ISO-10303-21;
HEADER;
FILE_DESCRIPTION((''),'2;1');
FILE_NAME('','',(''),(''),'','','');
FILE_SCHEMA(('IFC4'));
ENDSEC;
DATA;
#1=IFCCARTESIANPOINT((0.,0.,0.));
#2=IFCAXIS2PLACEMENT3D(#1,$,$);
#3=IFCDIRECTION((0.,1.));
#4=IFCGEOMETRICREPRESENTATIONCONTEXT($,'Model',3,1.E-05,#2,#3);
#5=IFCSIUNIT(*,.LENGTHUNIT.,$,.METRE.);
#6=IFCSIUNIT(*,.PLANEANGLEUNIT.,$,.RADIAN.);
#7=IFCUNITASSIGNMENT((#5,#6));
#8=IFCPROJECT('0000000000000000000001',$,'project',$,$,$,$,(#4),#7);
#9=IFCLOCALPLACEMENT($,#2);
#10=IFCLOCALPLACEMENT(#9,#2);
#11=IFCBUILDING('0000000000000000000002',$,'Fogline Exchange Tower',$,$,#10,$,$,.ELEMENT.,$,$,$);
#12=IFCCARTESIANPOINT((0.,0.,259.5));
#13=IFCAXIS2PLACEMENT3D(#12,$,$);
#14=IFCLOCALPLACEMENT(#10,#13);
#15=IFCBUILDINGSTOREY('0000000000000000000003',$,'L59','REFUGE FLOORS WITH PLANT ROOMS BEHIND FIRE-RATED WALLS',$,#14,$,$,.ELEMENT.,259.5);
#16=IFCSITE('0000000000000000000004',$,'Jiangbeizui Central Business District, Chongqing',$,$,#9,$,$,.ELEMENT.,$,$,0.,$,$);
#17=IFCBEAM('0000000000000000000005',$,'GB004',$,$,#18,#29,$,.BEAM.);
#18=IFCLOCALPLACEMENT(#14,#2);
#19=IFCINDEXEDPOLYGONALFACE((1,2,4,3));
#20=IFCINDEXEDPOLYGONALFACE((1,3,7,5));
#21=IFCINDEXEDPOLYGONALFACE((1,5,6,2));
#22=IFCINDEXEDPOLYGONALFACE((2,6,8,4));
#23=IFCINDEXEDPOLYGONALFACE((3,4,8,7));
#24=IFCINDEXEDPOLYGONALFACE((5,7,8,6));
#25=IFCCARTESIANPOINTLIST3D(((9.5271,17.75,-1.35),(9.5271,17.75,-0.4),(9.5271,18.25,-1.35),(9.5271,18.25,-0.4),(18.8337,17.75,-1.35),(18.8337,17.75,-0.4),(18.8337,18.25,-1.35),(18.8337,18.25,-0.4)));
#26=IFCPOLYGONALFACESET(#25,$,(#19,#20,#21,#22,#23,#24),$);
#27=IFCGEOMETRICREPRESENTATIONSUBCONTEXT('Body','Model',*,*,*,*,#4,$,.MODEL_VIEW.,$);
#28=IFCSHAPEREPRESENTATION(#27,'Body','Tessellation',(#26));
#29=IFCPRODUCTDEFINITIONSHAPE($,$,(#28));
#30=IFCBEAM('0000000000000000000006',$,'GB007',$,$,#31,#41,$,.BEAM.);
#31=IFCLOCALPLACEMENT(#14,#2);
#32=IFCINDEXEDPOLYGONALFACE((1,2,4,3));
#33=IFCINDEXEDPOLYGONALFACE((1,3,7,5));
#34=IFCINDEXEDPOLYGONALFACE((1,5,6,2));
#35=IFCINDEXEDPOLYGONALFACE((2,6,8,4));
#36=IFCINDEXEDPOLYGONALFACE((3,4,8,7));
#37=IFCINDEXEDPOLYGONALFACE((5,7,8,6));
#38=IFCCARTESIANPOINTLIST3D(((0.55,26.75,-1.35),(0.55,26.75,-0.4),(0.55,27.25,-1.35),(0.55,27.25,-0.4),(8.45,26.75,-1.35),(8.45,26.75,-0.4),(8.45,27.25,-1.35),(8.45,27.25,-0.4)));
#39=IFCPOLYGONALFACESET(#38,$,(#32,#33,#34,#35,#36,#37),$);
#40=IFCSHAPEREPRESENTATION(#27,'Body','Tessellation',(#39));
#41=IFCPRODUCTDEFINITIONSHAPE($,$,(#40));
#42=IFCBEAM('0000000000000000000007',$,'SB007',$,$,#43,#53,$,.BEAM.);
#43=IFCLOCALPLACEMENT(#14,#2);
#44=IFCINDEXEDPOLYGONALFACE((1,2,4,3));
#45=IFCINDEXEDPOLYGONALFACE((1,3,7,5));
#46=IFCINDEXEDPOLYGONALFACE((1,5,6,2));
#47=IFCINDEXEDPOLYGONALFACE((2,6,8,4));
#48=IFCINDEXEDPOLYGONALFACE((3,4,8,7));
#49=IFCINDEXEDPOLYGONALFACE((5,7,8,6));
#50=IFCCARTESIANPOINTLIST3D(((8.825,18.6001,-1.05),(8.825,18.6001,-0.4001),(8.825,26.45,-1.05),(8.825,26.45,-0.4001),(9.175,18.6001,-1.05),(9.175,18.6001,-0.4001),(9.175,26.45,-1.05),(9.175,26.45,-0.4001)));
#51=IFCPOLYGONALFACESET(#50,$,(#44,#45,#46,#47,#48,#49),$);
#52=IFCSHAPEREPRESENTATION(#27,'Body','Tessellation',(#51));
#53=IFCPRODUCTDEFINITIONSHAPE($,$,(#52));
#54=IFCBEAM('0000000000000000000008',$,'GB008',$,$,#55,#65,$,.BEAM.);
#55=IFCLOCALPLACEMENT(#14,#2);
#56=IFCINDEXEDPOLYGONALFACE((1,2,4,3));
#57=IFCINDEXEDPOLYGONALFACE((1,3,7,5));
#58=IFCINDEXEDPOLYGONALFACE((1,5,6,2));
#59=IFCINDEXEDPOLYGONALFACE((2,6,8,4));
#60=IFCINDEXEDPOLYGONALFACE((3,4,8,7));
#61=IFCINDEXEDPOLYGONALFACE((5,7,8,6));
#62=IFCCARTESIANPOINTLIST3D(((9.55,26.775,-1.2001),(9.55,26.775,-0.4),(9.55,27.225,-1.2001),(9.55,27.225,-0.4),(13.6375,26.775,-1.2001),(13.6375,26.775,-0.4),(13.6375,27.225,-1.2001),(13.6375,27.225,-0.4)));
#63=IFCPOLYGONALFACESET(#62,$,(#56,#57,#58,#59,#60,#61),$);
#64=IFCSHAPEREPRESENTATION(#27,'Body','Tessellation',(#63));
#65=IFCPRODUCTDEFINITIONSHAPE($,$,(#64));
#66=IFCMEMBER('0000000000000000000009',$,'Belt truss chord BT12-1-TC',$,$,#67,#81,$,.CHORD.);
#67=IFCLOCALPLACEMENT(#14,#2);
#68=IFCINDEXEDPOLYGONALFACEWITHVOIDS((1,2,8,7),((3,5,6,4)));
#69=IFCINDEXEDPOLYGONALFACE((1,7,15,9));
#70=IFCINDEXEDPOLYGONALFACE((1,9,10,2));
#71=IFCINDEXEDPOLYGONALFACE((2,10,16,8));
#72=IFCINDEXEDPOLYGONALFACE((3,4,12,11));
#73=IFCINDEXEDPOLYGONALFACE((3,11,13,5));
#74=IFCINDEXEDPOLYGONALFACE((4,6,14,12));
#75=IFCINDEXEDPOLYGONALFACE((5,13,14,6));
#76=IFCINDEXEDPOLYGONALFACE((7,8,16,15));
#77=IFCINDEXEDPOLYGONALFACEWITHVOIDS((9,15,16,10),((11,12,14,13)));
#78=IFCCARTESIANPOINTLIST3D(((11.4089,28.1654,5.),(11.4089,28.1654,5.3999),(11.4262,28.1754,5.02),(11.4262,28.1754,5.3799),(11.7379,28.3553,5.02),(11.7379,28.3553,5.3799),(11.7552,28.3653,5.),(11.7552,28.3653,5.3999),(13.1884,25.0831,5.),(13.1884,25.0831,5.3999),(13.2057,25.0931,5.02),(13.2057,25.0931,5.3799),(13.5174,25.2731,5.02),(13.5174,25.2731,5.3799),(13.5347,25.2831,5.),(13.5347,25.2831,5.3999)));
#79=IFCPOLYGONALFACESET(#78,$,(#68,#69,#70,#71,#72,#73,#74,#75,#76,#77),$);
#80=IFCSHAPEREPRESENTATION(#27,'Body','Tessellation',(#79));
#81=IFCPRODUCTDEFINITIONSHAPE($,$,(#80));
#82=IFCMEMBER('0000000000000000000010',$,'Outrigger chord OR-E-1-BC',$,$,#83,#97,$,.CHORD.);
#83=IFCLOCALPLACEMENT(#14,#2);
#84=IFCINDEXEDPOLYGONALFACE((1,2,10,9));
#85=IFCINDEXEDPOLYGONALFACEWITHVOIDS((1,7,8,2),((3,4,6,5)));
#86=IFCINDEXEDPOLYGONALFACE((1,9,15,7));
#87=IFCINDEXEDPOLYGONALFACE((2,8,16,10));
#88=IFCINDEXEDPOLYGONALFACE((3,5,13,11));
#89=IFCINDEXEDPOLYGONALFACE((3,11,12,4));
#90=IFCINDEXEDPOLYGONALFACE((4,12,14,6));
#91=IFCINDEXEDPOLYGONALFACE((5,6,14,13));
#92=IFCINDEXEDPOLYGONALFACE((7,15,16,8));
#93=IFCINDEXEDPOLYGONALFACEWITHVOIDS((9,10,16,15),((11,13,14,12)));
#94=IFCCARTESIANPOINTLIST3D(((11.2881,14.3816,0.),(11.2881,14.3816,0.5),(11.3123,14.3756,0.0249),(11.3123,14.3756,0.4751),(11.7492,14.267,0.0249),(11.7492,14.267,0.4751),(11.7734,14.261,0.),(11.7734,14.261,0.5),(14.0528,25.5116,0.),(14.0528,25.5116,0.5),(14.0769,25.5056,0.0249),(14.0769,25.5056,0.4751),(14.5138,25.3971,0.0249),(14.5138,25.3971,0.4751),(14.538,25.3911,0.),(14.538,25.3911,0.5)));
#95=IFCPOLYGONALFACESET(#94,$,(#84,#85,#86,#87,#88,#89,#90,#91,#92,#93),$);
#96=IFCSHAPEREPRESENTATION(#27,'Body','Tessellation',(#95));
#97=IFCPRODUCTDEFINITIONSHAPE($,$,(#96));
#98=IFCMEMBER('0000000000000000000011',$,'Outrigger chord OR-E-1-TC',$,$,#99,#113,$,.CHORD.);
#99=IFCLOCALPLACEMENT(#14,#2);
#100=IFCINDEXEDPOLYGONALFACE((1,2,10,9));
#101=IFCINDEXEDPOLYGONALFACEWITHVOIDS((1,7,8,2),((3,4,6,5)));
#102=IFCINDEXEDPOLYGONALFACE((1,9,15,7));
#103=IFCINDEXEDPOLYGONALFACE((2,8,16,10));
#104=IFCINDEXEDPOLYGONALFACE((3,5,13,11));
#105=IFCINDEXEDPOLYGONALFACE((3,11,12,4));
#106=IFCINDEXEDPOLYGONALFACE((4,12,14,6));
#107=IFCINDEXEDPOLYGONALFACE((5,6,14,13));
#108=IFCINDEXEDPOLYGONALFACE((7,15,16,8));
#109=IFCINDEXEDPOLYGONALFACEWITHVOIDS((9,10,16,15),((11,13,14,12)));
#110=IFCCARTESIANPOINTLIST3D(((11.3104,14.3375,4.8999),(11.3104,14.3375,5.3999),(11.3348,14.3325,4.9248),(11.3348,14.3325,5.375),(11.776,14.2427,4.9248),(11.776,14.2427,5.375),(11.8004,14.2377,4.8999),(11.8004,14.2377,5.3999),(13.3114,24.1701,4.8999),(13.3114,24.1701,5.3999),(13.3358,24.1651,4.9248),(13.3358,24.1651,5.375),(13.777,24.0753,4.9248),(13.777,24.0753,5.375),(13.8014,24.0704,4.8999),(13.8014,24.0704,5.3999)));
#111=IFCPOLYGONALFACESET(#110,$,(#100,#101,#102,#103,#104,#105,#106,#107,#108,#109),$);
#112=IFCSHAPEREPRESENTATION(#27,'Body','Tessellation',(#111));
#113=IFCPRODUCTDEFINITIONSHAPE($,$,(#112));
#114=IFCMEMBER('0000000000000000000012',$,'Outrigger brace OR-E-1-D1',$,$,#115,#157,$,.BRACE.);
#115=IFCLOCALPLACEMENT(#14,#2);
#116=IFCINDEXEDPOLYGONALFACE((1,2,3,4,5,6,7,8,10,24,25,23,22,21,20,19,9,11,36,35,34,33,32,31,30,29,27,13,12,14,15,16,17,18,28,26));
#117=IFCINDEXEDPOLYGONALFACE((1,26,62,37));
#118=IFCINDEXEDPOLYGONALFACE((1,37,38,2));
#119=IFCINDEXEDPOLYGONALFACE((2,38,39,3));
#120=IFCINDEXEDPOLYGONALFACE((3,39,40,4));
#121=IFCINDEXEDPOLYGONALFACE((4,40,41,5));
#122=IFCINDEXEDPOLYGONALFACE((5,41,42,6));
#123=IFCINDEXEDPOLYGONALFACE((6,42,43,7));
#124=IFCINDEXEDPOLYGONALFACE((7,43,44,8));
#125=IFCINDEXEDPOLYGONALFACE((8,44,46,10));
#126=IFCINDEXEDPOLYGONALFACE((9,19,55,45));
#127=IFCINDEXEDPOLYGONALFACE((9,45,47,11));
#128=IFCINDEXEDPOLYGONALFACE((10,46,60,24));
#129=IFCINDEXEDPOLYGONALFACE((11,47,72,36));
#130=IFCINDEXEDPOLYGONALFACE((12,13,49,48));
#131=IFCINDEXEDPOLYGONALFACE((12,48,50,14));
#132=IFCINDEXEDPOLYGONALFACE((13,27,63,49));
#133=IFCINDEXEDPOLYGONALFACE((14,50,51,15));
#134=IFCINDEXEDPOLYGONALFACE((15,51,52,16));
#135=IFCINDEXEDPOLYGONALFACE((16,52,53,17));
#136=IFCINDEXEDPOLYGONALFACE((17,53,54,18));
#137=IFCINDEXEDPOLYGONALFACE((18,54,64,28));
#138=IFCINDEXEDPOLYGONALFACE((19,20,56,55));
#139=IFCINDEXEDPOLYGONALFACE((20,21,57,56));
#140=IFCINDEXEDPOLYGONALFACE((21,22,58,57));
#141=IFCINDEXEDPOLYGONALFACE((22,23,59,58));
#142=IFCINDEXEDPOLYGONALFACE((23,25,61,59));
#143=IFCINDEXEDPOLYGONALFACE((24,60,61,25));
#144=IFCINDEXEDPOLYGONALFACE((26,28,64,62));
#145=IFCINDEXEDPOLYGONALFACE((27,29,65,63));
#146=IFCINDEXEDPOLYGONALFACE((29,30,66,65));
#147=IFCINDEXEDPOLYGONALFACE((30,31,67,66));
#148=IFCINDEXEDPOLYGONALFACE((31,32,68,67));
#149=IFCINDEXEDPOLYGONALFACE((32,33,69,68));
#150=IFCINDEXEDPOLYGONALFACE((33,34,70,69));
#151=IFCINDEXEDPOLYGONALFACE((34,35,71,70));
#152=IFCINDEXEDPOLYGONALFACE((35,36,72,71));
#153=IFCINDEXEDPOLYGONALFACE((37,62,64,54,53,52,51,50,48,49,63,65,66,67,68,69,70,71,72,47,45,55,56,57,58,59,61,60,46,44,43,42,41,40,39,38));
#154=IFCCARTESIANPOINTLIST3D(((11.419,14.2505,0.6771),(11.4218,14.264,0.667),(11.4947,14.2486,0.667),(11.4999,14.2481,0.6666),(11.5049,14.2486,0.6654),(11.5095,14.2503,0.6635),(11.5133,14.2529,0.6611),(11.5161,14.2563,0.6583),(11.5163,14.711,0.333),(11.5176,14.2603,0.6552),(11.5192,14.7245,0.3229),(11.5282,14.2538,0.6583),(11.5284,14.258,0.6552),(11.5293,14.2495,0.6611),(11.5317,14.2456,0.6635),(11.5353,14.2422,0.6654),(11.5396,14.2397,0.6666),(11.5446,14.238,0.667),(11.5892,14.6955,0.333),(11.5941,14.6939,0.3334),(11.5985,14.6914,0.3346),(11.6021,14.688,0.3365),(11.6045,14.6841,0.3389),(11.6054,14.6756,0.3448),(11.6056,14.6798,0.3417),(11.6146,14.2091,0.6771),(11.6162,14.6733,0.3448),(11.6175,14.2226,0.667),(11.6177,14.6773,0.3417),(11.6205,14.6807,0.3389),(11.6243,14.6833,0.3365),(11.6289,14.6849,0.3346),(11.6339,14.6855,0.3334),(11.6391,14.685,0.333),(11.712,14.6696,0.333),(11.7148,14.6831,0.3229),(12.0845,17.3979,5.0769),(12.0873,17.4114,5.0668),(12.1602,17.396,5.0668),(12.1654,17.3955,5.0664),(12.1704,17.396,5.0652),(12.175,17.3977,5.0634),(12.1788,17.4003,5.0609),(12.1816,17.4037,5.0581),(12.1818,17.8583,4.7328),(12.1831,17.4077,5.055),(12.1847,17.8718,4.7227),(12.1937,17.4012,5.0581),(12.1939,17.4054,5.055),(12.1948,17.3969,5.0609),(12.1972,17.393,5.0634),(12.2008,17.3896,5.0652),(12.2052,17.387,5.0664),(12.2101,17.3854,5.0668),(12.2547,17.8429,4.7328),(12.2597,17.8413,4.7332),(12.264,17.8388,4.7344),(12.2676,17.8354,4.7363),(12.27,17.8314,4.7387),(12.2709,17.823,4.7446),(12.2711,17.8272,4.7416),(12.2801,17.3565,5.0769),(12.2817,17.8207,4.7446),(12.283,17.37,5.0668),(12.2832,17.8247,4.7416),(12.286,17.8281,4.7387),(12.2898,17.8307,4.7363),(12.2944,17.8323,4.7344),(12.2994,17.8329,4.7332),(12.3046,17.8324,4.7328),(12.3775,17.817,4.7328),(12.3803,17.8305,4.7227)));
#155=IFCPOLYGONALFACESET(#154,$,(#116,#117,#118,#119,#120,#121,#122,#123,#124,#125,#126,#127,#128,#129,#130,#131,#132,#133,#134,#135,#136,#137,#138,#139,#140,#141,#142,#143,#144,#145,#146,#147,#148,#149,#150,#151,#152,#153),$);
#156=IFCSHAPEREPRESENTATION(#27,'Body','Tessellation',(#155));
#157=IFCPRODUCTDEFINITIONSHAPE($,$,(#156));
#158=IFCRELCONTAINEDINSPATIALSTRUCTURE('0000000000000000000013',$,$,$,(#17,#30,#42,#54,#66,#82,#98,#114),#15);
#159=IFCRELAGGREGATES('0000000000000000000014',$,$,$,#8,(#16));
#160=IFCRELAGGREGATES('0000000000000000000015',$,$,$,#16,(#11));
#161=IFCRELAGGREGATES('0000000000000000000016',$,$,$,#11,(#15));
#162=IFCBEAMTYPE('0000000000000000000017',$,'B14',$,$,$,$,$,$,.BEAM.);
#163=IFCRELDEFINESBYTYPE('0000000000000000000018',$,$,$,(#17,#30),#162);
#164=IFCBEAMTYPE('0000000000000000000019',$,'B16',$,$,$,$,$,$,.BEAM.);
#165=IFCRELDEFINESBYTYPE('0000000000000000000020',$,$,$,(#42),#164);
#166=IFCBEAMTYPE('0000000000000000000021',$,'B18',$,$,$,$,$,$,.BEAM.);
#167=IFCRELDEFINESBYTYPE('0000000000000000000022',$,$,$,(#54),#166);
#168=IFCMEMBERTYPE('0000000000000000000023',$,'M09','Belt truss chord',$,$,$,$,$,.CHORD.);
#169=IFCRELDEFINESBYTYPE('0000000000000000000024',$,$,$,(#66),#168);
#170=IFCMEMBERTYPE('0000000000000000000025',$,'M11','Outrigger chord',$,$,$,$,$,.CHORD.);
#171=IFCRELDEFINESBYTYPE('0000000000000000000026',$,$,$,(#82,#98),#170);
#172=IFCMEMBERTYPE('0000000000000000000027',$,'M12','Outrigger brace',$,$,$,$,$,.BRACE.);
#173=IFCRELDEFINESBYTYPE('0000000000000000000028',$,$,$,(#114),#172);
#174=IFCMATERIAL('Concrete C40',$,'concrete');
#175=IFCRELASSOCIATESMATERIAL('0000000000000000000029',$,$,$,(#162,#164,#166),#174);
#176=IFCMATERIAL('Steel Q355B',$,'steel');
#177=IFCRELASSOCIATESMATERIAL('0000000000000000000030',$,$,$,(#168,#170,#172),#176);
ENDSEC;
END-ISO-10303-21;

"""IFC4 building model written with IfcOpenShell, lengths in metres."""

from ifc_helpers import new_model, si_unit, direction, frame, origin, origin_2d, place, context, subcontext, project, spatial, rectangle, hollow_rectangle, i_section, extrude, material, material_profile, profile_set, type_object, element, save


model = new_model("IFC4")

# Units and contexts
model_context = context("Model", 3, precision=1e-05, world=origin(), true_north=direction((0.0, 1.0)))
body_context = subcontext(model_context, "Body", "Model", "MODEL_VIEW")
ifc_project = project(units=[si_unit("LENGTHUNIT", "METRE"), si_unit("PLANEANGLEUNIT", "RADIAN")], contexts=[model_context])

# Site, building, storey
site_placement = place(None, origin())
site = spatial("IfcSite", under=ifc_project, at=site_placement, Name="Jiangbeizui Central Business District, Chongqing", CompositionType="ELEMENT", RefElevation=0.0)
building_placement = place(site_placement, origin())
building = spatial("IfcBuilding", under=site, at=building_placement, Name="Fogline Exchange Tower", CompositionType="ELEMENT")
storey_placement = place(building_placement, frame((0.0, 0.0, 259.5)))
storey = spatial("IfcBuildingStorey", under=building, at=storey_placement, Name="L59", Description="REFUGE FLOORS WITH PLANT ROOMS BEHIND FIRE-RATED WALLS", CompositionType="ELEMENT", Elevation=259.5)

# Beams
ifc_material_1 = material(Name="Concrete C40", Category="concrete")
ifc_material_profile_1 = material_profile(ifc_material_1, rectangle(XDim=0.5, YDim=0.95, at=origin_2d()), Name="RC 500x950")
ifc_profile_set_1 = profile_set([ifc_material_profile_1], Name="Concrete C40")
beam_type_1 = type_object("IfcBeamType", Name="B14", PredefinedType="BEAM", material=ifc_profile_set_1)
beam_1_placement = place(storey_placement, frame((9.5271, 18.0, -0.875), z_axis=(1.0, 0.0, 0.0), x_axis=(0.0, 1.0, 0.0)))
element("IfcBeam", 1, at=beam_1_placement, inside=storey, type_object=beam_type_1, Name="GB004", PredefinedType="BEAM", context=body_context, shape_type="SweptSolid", body=[
    extrude(rectangle(XDim=0.5, YDim=0.95, at=origin_2d()), origin(), (0.0, 0.0, 1.0), 9.3066),
])
beam_2_placement = place(storey_placement, frame((0.55, 27.0, -0.875), z_axis=(1.0, 0.0, 0.0), x_axis=(0.0, 1.0, 0.0)))
element("IfcBeam", 2, at=beam_2_placement, inside=storey, type_object=beam_type_1, Name="GB007", PredefinedType="BEAM", context=body_context, shape_type="SweptSolid", body=[
    extrude(rectangle(XDim=0.5, YDim=0.95, at=origin_2d()), origin(), (0.0, 0.0, 1.0), 7.8999),
])
ifc_material_profile_2 = material_profile(ifc_material_1, rectangle(XDim=0.3501, YDim=0.6499, at=origin_2d()), Name="RC 350x650")
ifc_profile_set_2 = profile_set([ifc_material_profile_2], Name="Concrete C40")
beam_type_2 = type_object("IfcBeamType", Name="B16", PredefinedType="BEAM", material=ifc_profile_set_2)
beam_3_placement = place(storey_placement, frame((9.0, 18.6001, -0.7251), z_axis=(0.0, 1.0, 0.0), x_axis=(-1.0, 0.0, 0.0)))
element("IfcBeam", 3, at=beam_3_placement, inside=storey, type_object=beam_type_2, Name="SB007", PredefinedType="BEAM", context=body_context, shape_type="SweptSolid", body=[
    extrude(rectangle(XDim=0.3501, YDim=0.6499, at=origin_2d()), origin(), (0.0, 0.0, 1.0), 7.8499),
])
ifc_material_profile_3 = material_profile(ifc_material_1, rectangle(XDim=0.45, YDim=0.8, at=origin_2d()), Name="RC 450x800")
ifc_profile_set_3 = profile_set([ifc_material_profile_3], Name="Concrete C40")
beam_type_3 = type_object("IfcBeamType", Name="B18", PredefinedType="BEAM", material=ifc_profile_set_3)
beam_4_placement = place(storey_placement, frame((9.55, 27.0, -0.8), z_axis=(1.0, 0.0, 0.0), x_axis=(0.0, 1.0, 0.0)))
element("IfcBeam", 4, at=beam_4_placement, inside=storey, type_object=beam_type_3, Name="GB008", PredefinedType="BEAM", context=body_context, shape_type="SweptSolid", body=[
    extrude(rectangle(XDim=0.45, YDim=0.8, at=origin_2d()), origin(), (0.0, 0.0, 1.0), 4.0874),
])

# Members
ifc_material_2 = material(Name="Steel Q355B", Category="steel")
ifc_material_profile_4 = material_profile(ifc_material_2, hollow_rectangle(XDim=0.3999, YDim=0.3999, WallThickness=0.02, at=origin_2d()), Name="BOX400X400X20")
ifc_profile_set_4 = profile_set([ifc_material_profile_4], Name="Steel Q355B")
member_type_1 = type_object("IfcMemberType", Name="M09", Description="Belt truss chord", PredefinedType="CHORD", material=ifc_profile_set_4)
member_1_placement = place(storey_placement, frame((13.3616, 25.1831, 5.2), z_axis=(-0.499998, 0.866027, 0.0), x_axis=(-0.866027, -0.499998, 0.0)))
element("IfcMember", 5, at=member_1_placement, inside=storey, type_object=member_type_1, Name="Belt truss chord BT12-1-TC", PredefinedType="CHORD", context=body_context, shape_type="SweptSolid", body=[
    extrude(hollow_rectangle(XDim=0.3999, YDim=0.3999, WallThickness=0.02, at=origin_2d()), origin(), (0.0, 0.0, 1.0), 3.5591),
])
ifc_material_profile_5 = material_profile(ifc_material_2, hollow_rectangle(XDim=0.5, YDim=0.5, WallThickness=0.0249, at=origin_2d()), Name="BOX500X500X25")
ifc_profile_set_5 = profile_set([ifc_material_profile_5], Name="Steel Q355B")
member_type_2 = type_object("IfcMemberType", Name="M11", Description="Outrigger chord", PredefinedType="CHORD", material=ifc_profile_set_5)
member_2_placement = place(storey_placement, frame((11.5308, 14.3213, 0.25), z_axis=(0.241068, 0.970508, 0.0), x_axis=(-0.970508, 0.241068, 0.0)))
element("IfcMember", 6, at=member_2_placement, inside=storey, type_object=member_type_2, Name="Outrigger chord OR-E-1-BC", PredefinedType="CHORD", context=body_context, shape_type="SweptSolid", body=[
    extrude(hollow_rectangle(XDim=0.5, YDim=0.5, WallThickness=0.0249, at=origin_2d()), origin(), (0.0, 0.0, 1.0), 11.4683),
])
member_3_placement = place(storey_placement, frame((11.5554, 14.2876, 5.1499), z_axis=(0.199418, 0.979914, 0.0), x_axis=(-0.979914, 0.199418, 0.0)))
element("IfcMember", 7, at=member_3_placement, inside=storey, type_object=member_type_2, Name="Outrigger chord OR-E-1-TC", PredefinedType="CHORD", context=body_context, shape_type="SweptSolid", body=[
    extrude(hollow_rectangle(XDim=0.5, YDim=0.5, WallThickness=0.0249, at=origin_2d()), origin(), (0.0, 0.0, 1.0), 10.0342),
])
ifc_material_profile_6 = material_profile(ifc_material_2, i_section(OverallWidth=0.2, OverallDepth=0.6001, WebThickness=0.011, FlangeThickness=0.0171, FilletRadius=0.02, at=origin_2d()), Name="HN600X200X11X17")
ifc_profile_set_6 = profile_set([ifc_material_profile_6], Name="Steel Q355B")
member_type_3 = type_object("IfcMemberType", Name="M12", Description="Outrigger brace", PredefinedType="BRACE", material=ifc_profile_set_6)
member_4_placement = place(storey_placement, frame((11.5669, 14.4668, 0.5), z_axis=(0.122103, 0.577457, 0.807239), x_axis=(-0.978367, 0.206875, 0.0)))
element("IfcMember", 8, at=member_4_placement, inside=storey, type_object=member_type_3, Name="Outrigger brace OR-E-1-D1", PredefinedType="BRACE", context=body_context, shape_type="SweptSolid", body=[
    extrude(i_section(OverallWidth=0.2, OverallDepth=0.6001, WebThickness=0.011, FlangeThickness=0.0171, FilletRadius=0.02, at=origin_2d()), origin(), (0.0, 0.0, 1.0), 5.4504),
])

save(model, "model.ifc")
